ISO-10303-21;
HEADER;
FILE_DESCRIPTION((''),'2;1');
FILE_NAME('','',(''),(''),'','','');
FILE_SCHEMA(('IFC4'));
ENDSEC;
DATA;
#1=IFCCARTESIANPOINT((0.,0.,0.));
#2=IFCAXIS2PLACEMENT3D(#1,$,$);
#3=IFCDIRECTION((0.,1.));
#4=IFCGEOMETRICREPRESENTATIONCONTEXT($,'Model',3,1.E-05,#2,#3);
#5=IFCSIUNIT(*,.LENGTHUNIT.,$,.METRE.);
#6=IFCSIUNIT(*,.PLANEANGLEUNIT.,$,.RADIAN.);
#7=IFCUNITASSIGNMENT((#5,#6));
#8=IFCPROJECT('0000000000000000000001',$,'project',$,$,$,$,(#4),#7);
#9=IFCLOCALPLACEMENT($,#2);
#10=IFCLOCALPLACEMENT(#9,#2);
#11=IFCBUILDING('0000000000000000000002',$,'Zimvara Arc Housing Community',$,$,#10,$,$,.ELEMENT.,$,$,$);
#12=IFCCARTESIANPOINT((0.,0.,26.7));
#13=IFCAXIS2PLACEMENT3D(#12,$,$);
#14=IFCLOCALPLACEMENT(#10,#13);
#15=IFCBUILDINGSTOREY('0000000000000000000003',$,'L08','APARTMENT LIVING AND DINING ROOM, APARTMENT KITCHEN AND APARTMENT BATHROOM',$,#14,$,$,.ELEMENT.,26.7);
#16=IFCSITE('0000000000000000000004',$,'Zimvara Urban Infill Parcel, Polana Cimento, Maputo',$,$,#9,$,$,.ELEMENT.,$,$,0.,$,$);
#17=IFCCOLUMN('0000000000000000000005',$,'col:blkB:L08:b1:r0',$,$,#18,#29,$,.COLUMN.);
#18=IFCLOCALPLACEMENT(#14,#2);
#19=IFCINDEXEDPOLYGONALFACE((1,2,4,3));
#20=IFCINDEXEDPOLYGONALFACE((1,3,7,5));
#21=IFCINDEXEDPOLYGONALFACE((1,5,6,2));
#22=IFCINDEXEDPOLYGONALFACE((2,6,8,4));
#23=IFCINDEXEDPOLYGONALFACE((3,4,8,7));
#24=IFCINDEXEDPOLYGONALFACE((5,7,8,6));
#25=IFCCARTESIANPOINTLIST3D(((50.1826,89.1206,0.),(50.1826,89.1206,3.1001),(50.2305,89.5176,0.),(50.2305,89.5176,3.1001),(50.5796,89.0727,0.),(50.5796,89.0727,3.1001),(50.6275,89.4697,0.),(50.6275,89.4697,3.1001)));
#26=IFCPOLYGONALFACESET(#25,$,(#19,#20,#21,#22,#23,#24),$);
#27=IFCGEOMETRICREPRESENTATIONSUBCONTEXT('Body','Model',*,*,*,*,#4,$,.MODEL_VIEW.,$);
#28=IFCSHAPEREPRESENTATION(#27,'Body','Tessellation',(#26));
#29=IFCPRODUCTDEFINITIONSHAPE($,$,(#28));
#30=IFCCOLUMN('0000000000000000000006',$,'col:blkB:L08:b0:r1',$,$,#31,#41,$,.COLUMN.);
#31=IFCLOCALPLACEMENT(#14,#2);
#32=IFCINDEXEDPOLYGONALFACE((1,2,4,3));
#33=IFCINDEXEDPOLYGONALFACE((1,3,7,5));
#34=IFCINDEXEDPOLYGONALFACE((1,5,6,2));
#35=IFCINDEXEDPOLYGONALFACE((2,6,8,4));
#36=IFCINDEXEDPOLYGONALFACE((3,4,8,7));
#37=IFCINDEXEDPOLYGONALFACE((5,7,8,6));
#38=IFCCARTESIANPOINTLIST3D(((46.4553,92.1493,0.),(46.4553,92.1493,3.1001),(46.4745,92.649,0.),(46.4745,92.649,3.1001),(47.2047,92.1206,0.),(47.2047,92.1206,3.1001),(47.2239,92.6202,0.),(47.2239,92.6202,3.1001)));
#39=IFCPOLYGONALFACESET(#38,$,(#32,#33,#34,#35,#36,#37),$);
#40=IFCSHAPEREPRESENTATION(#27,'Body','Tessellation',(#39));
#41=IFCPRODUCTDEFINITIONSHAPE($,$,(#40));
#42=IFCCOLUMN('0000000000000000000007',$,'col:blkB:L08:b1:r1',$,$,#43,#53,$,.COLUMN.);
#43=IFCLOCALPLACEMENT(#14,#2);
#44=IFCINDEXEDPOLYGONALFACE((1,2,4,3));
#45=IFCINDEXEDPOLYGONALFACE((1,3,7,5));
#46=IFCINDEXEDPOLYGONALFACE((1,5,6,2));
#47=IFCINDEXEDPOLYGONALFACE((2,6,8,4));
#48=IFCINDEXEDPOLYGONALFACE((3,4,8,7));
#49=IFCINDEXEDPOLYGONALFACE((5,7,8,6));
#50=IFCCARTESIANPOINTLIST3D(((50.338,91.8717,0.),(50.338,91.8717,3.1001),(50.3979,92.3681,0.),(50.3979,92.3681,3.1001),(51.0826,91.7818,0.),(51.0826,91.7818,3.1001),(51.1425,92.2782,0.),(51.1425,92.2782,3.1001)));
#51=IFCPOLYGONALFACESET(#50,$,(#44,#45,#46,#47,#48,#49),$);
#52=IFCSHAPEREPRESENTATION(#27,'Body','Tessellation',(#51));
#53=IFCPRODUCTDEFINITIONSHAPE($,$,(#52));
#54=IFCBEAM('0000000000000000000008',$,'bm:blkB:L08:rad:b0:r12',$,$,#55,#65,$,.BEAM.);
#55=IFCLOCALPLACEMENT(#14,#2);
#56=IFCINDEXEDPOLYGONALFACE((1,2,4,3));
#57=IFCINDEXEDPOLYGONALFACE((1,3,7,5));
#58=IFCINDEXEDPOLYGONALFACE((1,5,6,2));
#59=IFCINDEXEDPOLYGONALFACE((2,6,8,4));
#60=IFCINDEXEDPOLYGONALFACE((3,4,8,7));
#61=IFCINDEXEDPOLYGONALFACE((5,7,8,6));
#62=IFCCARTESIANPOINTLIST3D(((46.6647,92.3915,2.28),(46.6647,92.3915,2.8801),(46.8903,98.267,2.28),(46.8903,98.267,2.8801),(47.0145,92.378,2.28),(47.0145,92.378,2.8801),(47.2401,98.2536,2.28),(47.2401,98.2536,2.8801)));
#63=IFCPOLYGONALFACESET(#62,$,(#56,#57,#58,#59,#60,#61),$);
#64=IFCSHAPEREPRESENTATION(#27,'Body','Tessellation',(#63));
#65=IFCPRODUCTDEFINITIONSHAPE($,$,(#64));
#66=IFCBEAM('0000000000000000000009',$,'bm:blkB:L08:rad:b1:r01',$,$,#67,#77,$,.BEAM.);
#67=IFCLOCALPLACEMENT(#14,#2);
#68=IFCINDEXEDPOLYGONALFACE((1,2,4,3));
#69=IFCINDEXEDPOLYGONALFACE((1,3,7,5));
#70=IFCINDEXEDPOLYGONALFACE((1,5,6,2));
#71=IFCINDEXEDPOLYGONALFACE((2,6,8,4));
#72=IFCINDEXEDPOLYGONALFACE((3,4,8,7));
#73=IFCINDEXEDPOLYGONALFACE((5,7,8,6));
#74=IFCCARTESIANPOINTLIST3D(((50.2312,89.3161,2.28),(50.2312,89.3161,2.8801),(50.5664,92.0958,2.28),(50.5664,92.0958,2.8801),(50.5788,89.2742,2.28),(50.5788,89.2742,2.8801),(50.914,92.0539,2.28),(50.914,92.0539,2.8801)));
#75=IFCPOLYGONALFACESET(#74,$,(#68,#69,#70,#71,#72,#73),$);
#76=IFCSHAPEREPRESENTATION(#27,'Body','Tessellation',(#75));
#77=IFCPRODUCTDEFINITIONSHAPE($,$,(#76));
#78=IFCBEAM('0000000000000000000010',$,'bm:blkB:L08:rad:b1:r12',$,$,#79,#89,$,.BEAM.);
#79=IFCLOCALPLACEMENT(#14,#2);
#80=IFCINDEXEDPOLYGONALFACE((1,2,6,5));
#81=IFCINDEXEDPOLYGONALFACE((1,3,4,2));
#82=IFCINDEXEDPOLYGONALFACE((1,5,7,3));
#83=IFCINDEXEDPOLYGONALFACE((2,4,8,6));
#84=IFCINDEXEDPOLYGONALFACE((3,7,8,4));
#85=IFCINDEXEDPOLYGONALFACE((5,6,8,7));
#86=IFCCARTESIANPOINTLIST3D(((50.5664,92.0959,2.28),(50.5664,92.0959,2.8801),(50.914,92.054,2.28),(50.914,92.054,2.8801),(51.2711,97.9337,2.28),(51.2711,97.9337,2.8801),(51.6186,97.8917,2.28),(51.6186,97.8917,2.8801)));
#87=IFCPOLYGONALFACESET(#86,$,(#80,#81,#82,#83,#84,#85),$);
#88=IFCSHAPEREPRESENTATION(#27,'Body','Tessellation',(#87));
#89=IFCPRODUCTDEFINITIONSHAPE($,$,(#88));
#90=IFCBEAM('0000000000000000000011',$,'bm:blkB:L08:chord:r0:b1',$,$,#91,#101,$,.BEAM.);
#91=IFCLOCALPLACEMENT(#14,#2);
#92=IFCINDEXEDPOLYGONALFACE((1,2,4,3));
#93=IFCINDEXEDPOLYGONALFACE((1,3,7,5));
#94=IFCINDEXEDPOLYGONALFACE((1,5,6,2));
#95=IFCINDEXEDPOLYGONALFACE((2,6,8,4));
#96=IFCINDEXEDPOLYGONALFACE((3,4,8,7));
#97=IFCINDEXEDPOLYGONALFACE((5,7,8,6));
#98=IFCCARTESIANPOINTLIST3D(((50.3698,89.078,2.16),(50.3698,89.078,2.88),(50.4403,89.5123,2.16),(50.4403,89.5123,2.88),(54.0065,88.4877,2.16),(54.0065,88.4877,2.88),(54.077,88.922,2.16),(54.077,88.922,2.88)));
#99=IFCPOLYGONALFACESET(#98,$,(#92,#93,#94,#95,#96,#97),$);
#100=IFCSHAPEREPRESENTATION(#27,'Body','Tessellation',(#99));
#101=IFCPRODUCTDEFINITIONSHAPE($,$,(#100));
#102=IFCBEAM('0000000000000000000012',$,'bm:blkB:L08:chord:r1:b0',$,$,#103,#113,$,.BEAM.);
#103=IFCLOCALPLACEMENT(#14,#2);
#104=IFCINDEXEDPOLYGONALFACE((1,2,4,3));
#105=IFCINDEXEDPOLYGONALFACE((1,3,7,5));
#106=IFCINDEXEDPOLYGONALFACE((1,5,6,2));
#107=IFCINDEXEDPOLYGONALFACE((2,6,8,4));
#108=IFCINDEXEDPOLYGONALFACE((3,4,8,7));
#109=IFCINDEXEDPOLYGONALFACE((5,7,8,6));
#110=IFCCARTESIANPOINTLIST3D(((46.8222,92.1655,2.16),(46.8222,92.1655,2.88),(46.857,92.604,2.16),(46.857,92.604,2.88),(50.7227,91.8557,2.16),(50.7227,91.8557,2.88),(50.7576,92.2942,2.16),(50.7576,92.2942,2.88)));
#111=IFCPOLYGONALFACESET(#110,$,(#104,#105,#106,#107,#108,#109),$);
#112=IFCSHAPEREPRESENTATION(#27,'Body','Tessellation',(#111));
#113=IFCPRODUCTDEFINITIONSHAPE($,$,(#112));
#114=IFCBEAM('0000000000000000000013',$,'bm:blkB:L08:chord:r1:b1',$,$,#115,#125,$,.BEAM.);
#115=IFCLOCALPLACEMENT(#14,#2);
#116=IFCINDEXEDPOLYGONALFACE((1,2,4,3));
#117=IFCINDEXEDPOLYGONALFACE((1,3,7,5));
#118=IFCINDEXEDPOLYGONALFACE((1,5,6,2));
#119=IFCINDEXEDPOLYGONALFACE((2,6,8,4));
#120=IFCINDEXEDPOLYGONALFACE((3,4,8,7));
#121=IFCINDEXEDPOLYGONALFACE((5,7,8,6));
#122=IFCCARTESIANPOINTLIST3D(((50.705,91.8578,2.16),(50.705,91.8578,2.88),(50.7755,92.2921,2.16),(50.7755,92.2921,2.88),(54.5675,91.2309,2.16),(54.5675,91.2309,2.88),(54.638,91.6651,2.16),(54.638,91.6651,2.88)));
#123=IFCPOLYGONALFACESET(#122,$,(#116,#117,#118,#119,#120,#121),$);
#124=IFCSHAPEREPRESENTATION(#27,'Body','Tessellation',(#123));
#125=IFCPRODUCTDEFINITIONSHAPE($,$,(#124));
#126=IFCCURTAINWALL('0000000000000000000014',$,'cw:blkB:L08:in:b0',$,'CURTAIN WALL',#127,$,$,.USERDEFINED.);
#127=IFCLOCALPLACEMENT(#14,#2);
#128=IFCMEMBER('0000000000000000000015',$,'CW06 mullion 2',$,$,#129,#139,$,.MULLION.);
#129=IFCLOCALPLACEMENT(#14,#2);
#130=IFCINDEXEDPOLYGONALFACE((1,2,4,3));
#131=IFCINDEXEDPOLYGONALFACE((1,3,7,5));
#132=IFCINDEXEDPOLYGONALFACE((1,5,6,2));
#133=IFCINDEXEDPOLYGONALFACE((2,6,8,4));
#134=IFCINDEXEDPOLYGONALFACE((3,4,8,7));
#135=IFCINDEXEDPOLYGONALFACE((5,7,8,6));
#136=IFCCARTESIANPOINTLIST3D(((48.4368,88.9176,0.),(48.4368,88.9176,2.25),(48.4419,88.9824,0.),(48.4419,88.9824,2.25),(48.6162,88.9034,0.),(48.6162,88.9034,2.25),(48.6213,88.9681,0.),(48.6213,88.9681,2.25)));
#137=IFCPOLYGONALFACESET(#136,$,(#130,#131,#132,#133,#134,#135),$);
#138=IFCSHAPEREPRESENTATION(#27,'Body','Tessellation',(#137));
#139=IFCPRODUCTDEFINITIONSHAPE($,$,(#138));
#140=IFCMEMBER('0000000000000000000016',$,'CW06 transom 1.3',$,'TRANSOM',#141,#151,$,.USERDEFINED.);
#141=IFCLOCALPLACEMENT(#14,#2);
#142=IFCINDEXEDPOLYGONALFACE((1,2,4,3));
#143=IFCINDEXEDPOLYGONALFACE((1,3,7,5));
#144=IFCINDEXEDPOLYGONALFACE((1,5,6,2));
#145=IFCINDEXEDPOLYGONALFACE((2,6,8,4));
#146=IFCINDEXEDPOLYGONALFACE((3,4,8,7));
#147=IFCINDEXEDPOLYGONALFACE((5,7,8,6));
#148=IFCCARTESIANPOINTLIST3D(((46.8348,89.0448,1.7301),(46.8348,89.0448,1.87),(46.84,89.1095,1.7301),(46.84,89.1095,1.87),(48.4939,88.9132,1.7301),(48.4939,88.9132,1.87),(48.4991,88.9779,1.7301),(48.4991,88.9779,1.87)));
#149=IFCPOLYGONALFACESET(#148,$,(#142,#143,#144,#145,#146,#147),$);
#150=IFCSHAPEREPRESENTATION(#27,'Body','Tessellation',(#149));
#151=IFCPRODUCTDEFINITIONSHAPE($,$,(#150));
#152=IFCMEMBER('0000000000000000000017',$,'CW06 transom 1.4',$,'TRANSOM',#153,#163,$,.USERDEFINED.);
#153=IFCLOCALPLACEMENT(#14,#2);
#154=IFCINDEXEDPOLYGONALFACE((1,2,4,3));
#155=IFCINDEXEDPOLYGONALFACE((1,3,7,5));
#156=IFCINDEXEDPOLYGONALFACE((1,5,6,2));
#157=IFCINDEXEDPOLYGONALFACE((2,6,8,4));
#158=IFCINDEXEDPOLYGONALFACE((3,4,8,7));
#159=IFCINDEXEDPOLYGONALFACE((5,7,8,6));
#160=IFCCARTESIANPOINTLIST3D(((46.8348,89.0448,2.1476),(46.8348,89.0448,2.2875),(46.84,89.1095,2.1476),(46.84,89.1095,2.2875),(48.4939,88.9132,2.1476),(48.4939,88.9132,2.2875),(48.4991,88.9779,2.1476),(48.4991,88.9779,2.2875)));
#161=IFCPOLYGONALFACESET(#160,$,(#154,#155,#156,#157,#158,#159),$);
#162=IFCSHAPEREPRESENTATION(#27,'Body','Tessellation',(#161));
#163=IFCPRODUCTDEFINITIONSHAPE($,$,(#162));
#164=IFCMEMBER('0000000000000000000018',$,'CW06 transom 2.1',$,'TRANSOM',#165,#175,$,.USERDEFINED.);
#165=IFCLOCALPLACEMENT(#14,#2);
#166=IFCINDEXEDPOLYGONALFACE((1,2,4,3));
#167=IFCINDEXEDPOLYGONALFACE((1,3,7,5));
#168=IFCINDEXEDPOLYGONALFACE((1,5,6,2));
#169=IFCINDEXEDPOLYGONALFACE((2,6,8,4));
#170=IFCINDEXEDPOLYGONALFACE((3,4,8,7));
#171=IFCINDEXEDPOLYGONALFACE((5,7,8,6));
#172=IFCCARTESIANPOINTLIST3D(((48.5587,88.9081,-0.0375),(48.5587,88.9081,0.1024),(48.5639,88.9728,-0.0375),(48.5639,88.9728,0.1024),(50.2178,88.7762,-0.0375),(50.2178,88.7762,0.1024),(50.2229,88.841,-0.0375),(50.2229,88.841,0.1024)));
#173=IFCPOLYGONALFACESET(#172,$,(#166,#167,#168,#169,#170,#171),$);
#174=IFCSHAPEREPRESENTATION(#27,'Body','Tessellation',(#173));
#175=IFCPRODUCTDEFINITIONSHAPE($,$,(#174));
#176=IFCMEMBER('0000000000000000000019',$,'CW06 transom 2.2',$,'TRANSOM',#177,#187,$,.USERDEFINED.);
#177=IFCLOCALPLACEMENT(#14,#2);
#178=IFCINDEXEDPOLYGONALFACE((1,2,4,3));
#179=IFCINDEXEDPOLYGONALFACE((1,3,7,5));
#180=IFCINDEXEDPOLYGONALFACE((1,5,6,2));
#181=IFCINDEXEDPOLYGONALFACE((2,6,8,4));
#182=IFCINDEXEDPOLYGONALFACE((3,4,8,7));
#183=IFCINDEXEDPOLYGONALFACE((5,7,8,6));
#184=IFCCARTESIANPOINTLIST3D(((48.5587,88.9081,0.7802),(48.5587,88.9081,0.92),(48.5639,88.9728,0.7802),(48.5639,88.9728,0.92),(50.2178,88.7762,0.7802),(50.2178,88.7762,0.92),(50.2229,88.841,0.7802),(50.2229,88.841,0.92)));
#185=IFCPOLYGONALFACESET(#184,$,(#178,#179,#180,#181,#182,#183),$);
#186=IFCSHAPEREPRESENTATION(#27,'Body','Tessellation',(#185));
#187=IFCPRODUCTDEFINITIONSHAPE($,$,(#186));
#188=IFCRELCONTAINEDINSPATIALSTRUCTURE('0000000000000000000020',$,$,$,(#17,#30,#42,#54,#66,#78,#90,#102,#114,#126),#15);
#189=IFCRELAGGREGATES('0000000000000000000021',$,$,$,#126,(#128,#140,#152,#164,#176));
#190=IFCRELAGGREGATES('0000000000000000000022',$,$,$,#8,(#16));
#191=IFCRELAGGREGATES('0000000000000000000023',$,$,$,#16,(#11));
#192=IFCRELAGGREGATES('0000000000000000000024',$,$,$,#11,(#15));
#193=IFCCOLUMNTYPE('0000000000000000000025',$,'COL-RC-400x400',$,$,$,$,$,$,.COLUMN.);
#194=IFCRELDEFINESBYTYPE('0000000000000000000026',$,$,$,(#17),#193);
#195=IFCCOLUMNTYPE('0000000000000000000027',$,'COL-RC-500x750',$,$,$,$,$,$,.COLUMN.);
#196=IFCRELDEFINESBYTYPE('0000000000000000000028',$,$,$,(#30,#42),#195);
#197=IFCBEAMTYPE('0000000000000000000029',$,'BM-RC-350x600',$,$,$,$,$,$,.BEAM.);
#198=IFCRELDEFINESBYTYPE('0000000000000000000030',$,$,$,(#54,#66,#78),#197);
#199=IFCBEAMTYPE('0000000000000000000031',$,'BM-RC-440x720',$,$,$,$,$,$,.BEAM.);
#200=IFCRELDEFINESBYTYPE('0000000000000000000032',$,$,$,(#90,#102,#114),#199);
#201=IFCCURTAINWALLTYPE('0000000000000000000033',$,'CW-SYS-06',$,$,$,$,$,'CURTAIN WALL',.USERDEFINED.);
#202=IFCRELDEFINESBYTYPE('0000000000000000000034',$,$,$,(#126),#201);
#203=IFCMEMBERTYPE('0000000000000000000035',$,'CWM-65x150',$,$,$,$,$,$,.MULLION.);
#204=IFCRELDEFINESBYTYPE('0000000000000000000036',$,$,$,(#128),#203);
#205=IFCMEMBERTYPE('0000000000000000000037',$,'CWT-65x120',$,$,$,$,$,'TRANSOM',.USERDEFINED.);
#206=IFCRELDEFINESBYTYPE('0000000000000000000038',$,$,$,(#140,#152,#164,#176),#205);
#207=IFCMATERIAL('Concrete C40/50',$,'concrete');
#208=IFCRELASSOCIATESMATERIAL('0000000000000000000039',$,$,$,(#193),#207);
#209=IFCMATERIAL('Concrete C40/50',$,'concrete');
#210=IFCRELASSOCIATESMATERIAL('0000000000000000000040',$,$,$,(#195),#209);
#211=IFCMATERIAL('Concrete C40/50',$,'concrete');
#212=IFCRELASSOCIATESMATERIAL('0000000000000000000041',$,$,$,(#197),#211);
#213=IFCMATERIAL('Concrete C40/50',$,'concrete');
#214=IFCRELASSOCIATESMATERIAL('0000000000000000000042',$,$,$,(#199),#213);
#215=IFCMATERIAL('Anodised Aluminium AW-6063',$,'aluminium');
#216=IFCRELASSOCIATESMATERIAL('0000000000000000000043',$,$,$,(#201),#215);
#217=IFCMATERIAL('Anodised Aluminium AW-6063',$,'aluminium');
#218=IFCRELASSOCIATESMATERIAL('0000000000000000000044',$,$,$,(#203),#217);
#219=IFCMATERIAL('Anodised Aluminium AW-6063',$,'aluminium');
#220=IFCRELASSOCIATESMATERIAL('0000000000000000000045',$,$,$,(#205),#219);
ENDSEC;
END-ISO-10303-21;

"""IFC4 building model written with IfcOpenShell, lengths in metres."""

from ifc_helpers import new_model, si_unit, direction, frame, origin, origin_2d, place, context, subcontext, project, spatial, rectangle, extrude, material, material_profile, profile_set, type_object, element, aggregate, save


model = new_model("IFC4")

# Units and contexts
model_context = context("Model", 3, precision=1e-05, world=origin(), true_north=direction((0.0, 1.0)))
body_context = subcontext(model_context, "Body", "Model", "MODEL_VIEW")
ifc_project = project(units=[si_unit("LENGTHUNIT", "METRE"), si_unit("PLANEANGLEUNIT", "RADIAN")], contexts=[model_context])

# Site, building, storey
site_placement = place(None, origin())
site = spatial("IfcSite", under=ifc_project, at=site_placement, Name="Zimvara Urban Infill Parcel, Polana Cimento, Maputo", CompositionType="ELEMENT", RefElevation=0.0)
building_placement = place(site_placement, origin())
building = spatial("IfcBuilding", under=site, at=building_placement, Name="Zimvara Arc Housing Community", CompositionType="ELEMENT")
storey_placement = place(building_placement, frame((0.0, 0.0, 26.7)))
storey = spatial("IfcBuildingStorey", under=building, at=storey_placement, Name="L08", Description="APARTMENT LIVING AND DINING ROOM, APARTMENT KITCHEN AND APARTMENT BATHROOM", CompositionType="ELEMENT", Elevation=26.7)

# Columns
ifc_material_1 = material(Name="Concrete C40/50", Category="concrete")
ifc_material_profile_1 = material_profile(ifc_material_1, rectangle(XDim=0.3999, YDim=0.3999, at=origin_2d()), Name="RC 400x400")
ifc_profile_set_1 = profile_set([ifc_material_profile_1], Name="Concrete C40/50")
column_type_1 = type_object("IfcColumnType", Name="COL-RC-400x400", PredefinedType="COLUMN", material=ifc_profile_set_1)
column_placement = place(storey_placement, frame((50.405, 89.2952, 0.0), z_axis=(0.0, 0.0, 1.0), x_axis=(0.11979, 0.992799, 0.0)))
element("IfcColumn", 1, at=column_placement, inside=storey, type_object=column_type_1, Name="col:blkB:L08:b1:r0", PredefinedType="COLUMN", context=body_context, shape_type="SweptSolid", body=[
    extrude(rectangle(XDim=0.3999, YDim=0.3999, at=origin_2d()), origin(), (0.0, 0.0, 1.0), 3.1001),
])
ifc_material_2 = material(Name="Concrete C40/50", Category="concrete")
ifc_material_profile_2 = material_profile(ifc_material_2, rectangle(XDim=0.5, YDim=0.75, at=origin_2d()), Name="RC 500x750")
ifc_profile_set_2 = profile_set([ifc_material_profile_2], Name="Concrete C40/50")
column_type_2 = type_object("IfcColumnType", Name="COL-RC-500x750", PredefinedType="COLUMN", material=ifc_profile_set_2)
for number, where, z_axis, x_axis, name in (
    (2, (46.8396, 92.3848, 0.0), (0.0, 0.0, 1.0), (0.038388, 0.999263, 0.0), "col:blkB:L08:b0:r1"),
    (3, (50.7402, 92.075, 0.0), (0.0, 0.0, 1.0), (0.11979, 0.992799, 0.0), "col:blkB:L08:b1:r1"),
):
    element("IfcColumn", number, at=place(storey_placement, frame(where, z_axis=z_axis, x_axis=x_axis)), inside=storey, type_object=column_type_2, Name=name, PredefinedType="COLUMN", context=body_context, shape_type="SweptSolid", body=[
        extrude(rectangle(XDim=0.5, YDim=0.75, at=origin_2d()), origin(), (0.0, 0.0, 1.0), 3.1001),
    ])

# Beams
ifc_material_3 = material(Name="Concrete C40/50", Category="concrete")
ifc_material_profile_3 = material_profile(ifc_material_3, rectangle(XDim=0.3501, YDim=0.6001, at=origin_2d()), Name="RC 350x600")
ifc_profile_set_3 = profile_set([ifc_material_profile_3], Name="Concrete C40/50")
beam_type_1 = type_object("IfcBeamType", Name="BM-RC-350x600", PredefinedType="BEAM", material=ifc_profile_set_3)
beam_1_placement = place(storey_placement, frame((46.8396, 92.3848, 2.5801), z_axis=(0.038366, 0.999264, 0.0), x_axis=(-0.999264, 0.038366, 0.0)))
element("IfcBeam", 4, at=beam_1_placement, inside=storey, type_object=beam_type_1, Name="bm:blkB:L08:rad:b0:r12", PredefinedType="BEAM", context=body_context, shape_type="SweptSolid", body=[
    extrude(rectangle(XDim=0.3501, YDim=0.6001, at=origin_2d()), origin(), (0.0, 0.0, 1.0), 5.8799),
])
beam_2_placement = place(storey_placement, frame((50.405, 89.2952, 2.5801), z_axis=(0.119719, 0.992808, 0.0), x_axis=(-0.992808, 0.119719, 0.0)))
element("IfcBeam", 5, at=beam_2_placement, inside=storey, type_object=beam_type_1, Name="bm:blkB:L08:rad:b1:r01", PredefinedType="BEAM", context=body_context, shape_type="SweptSolid", body=[
    extrude(rectangle(XDim=0.3501, YDim=0.6001, at=origin_2d()), origin(), (0.0, 0.0, 1.0), 2.7998),
])
beam_3_placement = place(storey_placement, frame((50.7402, 92.075, 2.5801), z_axis=(0.119828, 0.992795, 0.0), x_axis=(-0.992795, 0.119828, 0.0)))
element("IfcBeam", 6, at=beam_3_placement, inside=storey, type_object=beam_type_1, Name="bm:blkB:L08:rad:b1:r12", PredefinedType="BEAM", context=body_context, shape_type="SweptSolid", body=[
    extrude(rectangle(XDim=0.3501, YDim=0.6001, at=origin_2d()), origin(), (0.0, 0.0, 1.0), 5.8801),
])
ifc_material_4 = material(Name="Concrete C40/50", Category="concrete")
ifc_material_profile_4 = material_profile(ifc_material_4, rectangle(XDim=0.4399, YDim=0.72, at=origin_2d()), Name="RC 440x720")
ifc_profile_set_4 = profile_set([ifc_material_profile_4], Name="Concrete C40/50")
beam_type_2 = type_object("IfcBeamType", Name="BM-RC-440x720", PredefinedType="BEAM", material=ifc_profile_set_4)
beam_4_placement = place(storey_placement, frame((50.405, 89.2952, 2.52), z_axis=(0.98708, -0.160228, 0.0), x_axis=(0.160228, 0.98708, 0.0)))
element("IfcBeam", 7, at=beam_4_placement, inside=storey, type_object=beam_type_2, Name="bm:blkB:L08:chord:r0:b1", PredefinedType="BEAM", context=body_context, shape_type="SweptSolid", body=[
    extrude(rectangle(XDim=0.4399, YDim=0.72, at=origin_2d()), origin(), (0.0, 0.0, 1.0), 3.6843),
])
beam_5_placement = place(storey_placement, frame((46.8396, 92.3848, 2.52), z_axis=(0.996861, -0.079177, 0.0), x_axis=(0.079177, 0.996861, 0.0)))
element("IfcBeam", 8, at=beam_5_placement, inside=storey, type_object=beam_type_2, Name="bm:blkB:L08:chord:r1:b0", PredefinedType="BEAM", context=body_context, shape_type="SweptSolid", body=[
    extrude(rectangle(XDim=0.4399, YDim=0.72, at=origin_2d()), origin(), (0.0, 0.0, 1.0), 3.9128),
])
beam_6_placement = place(storey_placement, frame((50.7402, 92.075, 2.52), z_axis=(0.987081, -0.160219, 0.0), x_axis=(0.160219, 0.987081, 0.0)))
element("IfcBeam", 9, at=beam_6_placement, inside=storey, type_object=beam_type_2, Name="bm:blkB:L08:chord:r1:b1", PredefinedType="BEAM", context=body_context, shape_type="SweptSolid", body=[
    extrude(rectangle(XDim=0.4399, YDim=0.72, at=origin_2d()), origin(), (0.0, 0.0, 1.0), 3.9131),
])

# Curtain wall, members
ifc_material_5 = material(Name="Anodised Aluminium AW-6063", Category="aluminium")
curtain_wall_type = type_object("IfcCurtainWallType", Name="CW-SYS-06", ElementType="CURTAIN WALL", PredefinedType="USERDEFINED", material=ifc_material_5)
curtain_wall_placement = place(storey_placement, origin())
curtain_wall = element("IfcCurtainWall", 10, at=curtain_wall_placement, inside=storey, type_object=curtain_wall_type, Name="cw:blkB:L08:in:b0", ObjectType="CURTAIN WALL", PredefinedType="USERDEFINED")
ifc_material_6 = material(Name="Anodised Aluminium AW-6063", Category="aluminium")
ifc_material_profile_5 = material_profile(ifc_material_6, rectangle(XDim=0.0649, YDim=0.1799, at=origin_2d()), Name="ALU 65x180")
ifc_profile_set_5 = profile_set([ifc_material_profile_5], Name="Anodised Aluminium AW-6063")
member_type_1 = type_object("IfcMemberType", Name="CWM-65x150", PredefinedType="MULLION", material=ifc_profile_set_5)
member_1_placement = place(storey_placement, frame((48.5291, 88.9429, 0.0), z_axis=(0.0, 0.0, 1.0), x_axis=(0.079155, 0.996862, 0.0)))
member_1 = element("IfcMember", 11, at=member_1_placement, type_object=member_type_1, Name="CW06 mullion 2", PredefinedType="MULLION", context=body_context, shape_type="SweptSolid", body=[
    extrude(rectangle(XDim=0.0649, YDim=0.1799, at=origin_2d()), origin(), (0.0, 0.0, 1.0), 2.25),
])
ifc_material_7 = material(Name="Anodised Aluminium AW-6063", Category="aluminium")
ifc_material_profile_6 = material_profile(ifc_material_7, rectangle(XDim=0.0649, YDim=0.1399, at=origin_2d()), Name="ALU 65x140")
ifc_profile_set_6 = profile_set([ifc_material_profile_6], Name="Anodised Aluminium AW-6063")
member_type_2 = type_object("IfcMemberType", Name="CWT-65x120", ElementType="TRANSOM", PredefinedType="USERDEFINED", material=ifc_profile_set_6)
member_2_placement = place(storey_placement, frame((46.8374, 89.0771, 1.8), z_axis=(0.99687, -0.079063, 0.0), x_axis=(0.079063, 0.99687, 0.0)))
member_2 = element("IfcMember", 12, at=member_2_placement, type_object=member_type_2, Name="CW06 transom 1.3", ObjectType="TRANSOM", PredefinedType="USERDEFINED", context=body_context, shape_type="SweptSolid", body=[
    extrude(rectangle(XDim=0.0649, YDim=0.1399, at=origin_2d()), origin(), (0.0, 0.0, 1.0), 1.6643),
])
member_3_placement = place(storey_placement, frame((46.8374, 89.0771, 2.2175), z_axis=(0.99687, -0.079063, 0.0), x_axis=(0.079063, 0.99687, 0.0)))
member_3 = element("IfcMember", 13, at=member_3_placement, type_object=member_type_2, Name="CW06 transom 1.4", ObjectType="TRANSOM", PredefinedType="USERDEFINED", context=body_context, shape_type="SweptSolid", body=[
    extrude(rectangle(XDim=0.0649, YDim=0.1399, at=origin_2d()), origin(), (0.0, 0.0, 1.0), 1.6643),
])
member_4_placement = place(storey_placement, frame((48.5613, 88.9404, 0.0325), z_axis=(0.996858, -0.079209, 0.0), x_axis=(0.079209, 0.996858, 0.0)))
member_4 = element("IfcMember", 14, at=member_4_placement, type_object=member_type_2, Name="CW06 transom 2.1", ObjectType="TRANSOM", PredefinedType="USERDEFINED", context=body_context, shape_type="SweptSolid", body=[
    extrude(rectangle(XDim=0.0649, YDim=0.1399, at=origin_2d()), origin(), (0.0, 0.0, 1.0), 1.6643),
])
member_5_placement = place(storey_placement, frame((48.5613, 88.9404, 0.8501), z_axis=(0.996858, -0.079209, 0.0), x_axis=(0.079209, 0.996858, 0.0)))
member_5 = element("IfcMember", 15, at=member_5_placement, type_object=member_type_2, Name="CW06 transom 2.2", ObjectType="TRANSOM", PredefinedType="USERDEFINED", context=body_context, shape_type="SweptSolid", body=[
    extrude(rectangle(XDim=0.0649, YDim=0.1399, at=origin_2d()), origin(), (0.0, 0.0, 1.0), 1.6643),
])
aggregate(curtain_wall, [member_1, member_2, member_3, member_4, member_5])

save(model, "model.ifc")
